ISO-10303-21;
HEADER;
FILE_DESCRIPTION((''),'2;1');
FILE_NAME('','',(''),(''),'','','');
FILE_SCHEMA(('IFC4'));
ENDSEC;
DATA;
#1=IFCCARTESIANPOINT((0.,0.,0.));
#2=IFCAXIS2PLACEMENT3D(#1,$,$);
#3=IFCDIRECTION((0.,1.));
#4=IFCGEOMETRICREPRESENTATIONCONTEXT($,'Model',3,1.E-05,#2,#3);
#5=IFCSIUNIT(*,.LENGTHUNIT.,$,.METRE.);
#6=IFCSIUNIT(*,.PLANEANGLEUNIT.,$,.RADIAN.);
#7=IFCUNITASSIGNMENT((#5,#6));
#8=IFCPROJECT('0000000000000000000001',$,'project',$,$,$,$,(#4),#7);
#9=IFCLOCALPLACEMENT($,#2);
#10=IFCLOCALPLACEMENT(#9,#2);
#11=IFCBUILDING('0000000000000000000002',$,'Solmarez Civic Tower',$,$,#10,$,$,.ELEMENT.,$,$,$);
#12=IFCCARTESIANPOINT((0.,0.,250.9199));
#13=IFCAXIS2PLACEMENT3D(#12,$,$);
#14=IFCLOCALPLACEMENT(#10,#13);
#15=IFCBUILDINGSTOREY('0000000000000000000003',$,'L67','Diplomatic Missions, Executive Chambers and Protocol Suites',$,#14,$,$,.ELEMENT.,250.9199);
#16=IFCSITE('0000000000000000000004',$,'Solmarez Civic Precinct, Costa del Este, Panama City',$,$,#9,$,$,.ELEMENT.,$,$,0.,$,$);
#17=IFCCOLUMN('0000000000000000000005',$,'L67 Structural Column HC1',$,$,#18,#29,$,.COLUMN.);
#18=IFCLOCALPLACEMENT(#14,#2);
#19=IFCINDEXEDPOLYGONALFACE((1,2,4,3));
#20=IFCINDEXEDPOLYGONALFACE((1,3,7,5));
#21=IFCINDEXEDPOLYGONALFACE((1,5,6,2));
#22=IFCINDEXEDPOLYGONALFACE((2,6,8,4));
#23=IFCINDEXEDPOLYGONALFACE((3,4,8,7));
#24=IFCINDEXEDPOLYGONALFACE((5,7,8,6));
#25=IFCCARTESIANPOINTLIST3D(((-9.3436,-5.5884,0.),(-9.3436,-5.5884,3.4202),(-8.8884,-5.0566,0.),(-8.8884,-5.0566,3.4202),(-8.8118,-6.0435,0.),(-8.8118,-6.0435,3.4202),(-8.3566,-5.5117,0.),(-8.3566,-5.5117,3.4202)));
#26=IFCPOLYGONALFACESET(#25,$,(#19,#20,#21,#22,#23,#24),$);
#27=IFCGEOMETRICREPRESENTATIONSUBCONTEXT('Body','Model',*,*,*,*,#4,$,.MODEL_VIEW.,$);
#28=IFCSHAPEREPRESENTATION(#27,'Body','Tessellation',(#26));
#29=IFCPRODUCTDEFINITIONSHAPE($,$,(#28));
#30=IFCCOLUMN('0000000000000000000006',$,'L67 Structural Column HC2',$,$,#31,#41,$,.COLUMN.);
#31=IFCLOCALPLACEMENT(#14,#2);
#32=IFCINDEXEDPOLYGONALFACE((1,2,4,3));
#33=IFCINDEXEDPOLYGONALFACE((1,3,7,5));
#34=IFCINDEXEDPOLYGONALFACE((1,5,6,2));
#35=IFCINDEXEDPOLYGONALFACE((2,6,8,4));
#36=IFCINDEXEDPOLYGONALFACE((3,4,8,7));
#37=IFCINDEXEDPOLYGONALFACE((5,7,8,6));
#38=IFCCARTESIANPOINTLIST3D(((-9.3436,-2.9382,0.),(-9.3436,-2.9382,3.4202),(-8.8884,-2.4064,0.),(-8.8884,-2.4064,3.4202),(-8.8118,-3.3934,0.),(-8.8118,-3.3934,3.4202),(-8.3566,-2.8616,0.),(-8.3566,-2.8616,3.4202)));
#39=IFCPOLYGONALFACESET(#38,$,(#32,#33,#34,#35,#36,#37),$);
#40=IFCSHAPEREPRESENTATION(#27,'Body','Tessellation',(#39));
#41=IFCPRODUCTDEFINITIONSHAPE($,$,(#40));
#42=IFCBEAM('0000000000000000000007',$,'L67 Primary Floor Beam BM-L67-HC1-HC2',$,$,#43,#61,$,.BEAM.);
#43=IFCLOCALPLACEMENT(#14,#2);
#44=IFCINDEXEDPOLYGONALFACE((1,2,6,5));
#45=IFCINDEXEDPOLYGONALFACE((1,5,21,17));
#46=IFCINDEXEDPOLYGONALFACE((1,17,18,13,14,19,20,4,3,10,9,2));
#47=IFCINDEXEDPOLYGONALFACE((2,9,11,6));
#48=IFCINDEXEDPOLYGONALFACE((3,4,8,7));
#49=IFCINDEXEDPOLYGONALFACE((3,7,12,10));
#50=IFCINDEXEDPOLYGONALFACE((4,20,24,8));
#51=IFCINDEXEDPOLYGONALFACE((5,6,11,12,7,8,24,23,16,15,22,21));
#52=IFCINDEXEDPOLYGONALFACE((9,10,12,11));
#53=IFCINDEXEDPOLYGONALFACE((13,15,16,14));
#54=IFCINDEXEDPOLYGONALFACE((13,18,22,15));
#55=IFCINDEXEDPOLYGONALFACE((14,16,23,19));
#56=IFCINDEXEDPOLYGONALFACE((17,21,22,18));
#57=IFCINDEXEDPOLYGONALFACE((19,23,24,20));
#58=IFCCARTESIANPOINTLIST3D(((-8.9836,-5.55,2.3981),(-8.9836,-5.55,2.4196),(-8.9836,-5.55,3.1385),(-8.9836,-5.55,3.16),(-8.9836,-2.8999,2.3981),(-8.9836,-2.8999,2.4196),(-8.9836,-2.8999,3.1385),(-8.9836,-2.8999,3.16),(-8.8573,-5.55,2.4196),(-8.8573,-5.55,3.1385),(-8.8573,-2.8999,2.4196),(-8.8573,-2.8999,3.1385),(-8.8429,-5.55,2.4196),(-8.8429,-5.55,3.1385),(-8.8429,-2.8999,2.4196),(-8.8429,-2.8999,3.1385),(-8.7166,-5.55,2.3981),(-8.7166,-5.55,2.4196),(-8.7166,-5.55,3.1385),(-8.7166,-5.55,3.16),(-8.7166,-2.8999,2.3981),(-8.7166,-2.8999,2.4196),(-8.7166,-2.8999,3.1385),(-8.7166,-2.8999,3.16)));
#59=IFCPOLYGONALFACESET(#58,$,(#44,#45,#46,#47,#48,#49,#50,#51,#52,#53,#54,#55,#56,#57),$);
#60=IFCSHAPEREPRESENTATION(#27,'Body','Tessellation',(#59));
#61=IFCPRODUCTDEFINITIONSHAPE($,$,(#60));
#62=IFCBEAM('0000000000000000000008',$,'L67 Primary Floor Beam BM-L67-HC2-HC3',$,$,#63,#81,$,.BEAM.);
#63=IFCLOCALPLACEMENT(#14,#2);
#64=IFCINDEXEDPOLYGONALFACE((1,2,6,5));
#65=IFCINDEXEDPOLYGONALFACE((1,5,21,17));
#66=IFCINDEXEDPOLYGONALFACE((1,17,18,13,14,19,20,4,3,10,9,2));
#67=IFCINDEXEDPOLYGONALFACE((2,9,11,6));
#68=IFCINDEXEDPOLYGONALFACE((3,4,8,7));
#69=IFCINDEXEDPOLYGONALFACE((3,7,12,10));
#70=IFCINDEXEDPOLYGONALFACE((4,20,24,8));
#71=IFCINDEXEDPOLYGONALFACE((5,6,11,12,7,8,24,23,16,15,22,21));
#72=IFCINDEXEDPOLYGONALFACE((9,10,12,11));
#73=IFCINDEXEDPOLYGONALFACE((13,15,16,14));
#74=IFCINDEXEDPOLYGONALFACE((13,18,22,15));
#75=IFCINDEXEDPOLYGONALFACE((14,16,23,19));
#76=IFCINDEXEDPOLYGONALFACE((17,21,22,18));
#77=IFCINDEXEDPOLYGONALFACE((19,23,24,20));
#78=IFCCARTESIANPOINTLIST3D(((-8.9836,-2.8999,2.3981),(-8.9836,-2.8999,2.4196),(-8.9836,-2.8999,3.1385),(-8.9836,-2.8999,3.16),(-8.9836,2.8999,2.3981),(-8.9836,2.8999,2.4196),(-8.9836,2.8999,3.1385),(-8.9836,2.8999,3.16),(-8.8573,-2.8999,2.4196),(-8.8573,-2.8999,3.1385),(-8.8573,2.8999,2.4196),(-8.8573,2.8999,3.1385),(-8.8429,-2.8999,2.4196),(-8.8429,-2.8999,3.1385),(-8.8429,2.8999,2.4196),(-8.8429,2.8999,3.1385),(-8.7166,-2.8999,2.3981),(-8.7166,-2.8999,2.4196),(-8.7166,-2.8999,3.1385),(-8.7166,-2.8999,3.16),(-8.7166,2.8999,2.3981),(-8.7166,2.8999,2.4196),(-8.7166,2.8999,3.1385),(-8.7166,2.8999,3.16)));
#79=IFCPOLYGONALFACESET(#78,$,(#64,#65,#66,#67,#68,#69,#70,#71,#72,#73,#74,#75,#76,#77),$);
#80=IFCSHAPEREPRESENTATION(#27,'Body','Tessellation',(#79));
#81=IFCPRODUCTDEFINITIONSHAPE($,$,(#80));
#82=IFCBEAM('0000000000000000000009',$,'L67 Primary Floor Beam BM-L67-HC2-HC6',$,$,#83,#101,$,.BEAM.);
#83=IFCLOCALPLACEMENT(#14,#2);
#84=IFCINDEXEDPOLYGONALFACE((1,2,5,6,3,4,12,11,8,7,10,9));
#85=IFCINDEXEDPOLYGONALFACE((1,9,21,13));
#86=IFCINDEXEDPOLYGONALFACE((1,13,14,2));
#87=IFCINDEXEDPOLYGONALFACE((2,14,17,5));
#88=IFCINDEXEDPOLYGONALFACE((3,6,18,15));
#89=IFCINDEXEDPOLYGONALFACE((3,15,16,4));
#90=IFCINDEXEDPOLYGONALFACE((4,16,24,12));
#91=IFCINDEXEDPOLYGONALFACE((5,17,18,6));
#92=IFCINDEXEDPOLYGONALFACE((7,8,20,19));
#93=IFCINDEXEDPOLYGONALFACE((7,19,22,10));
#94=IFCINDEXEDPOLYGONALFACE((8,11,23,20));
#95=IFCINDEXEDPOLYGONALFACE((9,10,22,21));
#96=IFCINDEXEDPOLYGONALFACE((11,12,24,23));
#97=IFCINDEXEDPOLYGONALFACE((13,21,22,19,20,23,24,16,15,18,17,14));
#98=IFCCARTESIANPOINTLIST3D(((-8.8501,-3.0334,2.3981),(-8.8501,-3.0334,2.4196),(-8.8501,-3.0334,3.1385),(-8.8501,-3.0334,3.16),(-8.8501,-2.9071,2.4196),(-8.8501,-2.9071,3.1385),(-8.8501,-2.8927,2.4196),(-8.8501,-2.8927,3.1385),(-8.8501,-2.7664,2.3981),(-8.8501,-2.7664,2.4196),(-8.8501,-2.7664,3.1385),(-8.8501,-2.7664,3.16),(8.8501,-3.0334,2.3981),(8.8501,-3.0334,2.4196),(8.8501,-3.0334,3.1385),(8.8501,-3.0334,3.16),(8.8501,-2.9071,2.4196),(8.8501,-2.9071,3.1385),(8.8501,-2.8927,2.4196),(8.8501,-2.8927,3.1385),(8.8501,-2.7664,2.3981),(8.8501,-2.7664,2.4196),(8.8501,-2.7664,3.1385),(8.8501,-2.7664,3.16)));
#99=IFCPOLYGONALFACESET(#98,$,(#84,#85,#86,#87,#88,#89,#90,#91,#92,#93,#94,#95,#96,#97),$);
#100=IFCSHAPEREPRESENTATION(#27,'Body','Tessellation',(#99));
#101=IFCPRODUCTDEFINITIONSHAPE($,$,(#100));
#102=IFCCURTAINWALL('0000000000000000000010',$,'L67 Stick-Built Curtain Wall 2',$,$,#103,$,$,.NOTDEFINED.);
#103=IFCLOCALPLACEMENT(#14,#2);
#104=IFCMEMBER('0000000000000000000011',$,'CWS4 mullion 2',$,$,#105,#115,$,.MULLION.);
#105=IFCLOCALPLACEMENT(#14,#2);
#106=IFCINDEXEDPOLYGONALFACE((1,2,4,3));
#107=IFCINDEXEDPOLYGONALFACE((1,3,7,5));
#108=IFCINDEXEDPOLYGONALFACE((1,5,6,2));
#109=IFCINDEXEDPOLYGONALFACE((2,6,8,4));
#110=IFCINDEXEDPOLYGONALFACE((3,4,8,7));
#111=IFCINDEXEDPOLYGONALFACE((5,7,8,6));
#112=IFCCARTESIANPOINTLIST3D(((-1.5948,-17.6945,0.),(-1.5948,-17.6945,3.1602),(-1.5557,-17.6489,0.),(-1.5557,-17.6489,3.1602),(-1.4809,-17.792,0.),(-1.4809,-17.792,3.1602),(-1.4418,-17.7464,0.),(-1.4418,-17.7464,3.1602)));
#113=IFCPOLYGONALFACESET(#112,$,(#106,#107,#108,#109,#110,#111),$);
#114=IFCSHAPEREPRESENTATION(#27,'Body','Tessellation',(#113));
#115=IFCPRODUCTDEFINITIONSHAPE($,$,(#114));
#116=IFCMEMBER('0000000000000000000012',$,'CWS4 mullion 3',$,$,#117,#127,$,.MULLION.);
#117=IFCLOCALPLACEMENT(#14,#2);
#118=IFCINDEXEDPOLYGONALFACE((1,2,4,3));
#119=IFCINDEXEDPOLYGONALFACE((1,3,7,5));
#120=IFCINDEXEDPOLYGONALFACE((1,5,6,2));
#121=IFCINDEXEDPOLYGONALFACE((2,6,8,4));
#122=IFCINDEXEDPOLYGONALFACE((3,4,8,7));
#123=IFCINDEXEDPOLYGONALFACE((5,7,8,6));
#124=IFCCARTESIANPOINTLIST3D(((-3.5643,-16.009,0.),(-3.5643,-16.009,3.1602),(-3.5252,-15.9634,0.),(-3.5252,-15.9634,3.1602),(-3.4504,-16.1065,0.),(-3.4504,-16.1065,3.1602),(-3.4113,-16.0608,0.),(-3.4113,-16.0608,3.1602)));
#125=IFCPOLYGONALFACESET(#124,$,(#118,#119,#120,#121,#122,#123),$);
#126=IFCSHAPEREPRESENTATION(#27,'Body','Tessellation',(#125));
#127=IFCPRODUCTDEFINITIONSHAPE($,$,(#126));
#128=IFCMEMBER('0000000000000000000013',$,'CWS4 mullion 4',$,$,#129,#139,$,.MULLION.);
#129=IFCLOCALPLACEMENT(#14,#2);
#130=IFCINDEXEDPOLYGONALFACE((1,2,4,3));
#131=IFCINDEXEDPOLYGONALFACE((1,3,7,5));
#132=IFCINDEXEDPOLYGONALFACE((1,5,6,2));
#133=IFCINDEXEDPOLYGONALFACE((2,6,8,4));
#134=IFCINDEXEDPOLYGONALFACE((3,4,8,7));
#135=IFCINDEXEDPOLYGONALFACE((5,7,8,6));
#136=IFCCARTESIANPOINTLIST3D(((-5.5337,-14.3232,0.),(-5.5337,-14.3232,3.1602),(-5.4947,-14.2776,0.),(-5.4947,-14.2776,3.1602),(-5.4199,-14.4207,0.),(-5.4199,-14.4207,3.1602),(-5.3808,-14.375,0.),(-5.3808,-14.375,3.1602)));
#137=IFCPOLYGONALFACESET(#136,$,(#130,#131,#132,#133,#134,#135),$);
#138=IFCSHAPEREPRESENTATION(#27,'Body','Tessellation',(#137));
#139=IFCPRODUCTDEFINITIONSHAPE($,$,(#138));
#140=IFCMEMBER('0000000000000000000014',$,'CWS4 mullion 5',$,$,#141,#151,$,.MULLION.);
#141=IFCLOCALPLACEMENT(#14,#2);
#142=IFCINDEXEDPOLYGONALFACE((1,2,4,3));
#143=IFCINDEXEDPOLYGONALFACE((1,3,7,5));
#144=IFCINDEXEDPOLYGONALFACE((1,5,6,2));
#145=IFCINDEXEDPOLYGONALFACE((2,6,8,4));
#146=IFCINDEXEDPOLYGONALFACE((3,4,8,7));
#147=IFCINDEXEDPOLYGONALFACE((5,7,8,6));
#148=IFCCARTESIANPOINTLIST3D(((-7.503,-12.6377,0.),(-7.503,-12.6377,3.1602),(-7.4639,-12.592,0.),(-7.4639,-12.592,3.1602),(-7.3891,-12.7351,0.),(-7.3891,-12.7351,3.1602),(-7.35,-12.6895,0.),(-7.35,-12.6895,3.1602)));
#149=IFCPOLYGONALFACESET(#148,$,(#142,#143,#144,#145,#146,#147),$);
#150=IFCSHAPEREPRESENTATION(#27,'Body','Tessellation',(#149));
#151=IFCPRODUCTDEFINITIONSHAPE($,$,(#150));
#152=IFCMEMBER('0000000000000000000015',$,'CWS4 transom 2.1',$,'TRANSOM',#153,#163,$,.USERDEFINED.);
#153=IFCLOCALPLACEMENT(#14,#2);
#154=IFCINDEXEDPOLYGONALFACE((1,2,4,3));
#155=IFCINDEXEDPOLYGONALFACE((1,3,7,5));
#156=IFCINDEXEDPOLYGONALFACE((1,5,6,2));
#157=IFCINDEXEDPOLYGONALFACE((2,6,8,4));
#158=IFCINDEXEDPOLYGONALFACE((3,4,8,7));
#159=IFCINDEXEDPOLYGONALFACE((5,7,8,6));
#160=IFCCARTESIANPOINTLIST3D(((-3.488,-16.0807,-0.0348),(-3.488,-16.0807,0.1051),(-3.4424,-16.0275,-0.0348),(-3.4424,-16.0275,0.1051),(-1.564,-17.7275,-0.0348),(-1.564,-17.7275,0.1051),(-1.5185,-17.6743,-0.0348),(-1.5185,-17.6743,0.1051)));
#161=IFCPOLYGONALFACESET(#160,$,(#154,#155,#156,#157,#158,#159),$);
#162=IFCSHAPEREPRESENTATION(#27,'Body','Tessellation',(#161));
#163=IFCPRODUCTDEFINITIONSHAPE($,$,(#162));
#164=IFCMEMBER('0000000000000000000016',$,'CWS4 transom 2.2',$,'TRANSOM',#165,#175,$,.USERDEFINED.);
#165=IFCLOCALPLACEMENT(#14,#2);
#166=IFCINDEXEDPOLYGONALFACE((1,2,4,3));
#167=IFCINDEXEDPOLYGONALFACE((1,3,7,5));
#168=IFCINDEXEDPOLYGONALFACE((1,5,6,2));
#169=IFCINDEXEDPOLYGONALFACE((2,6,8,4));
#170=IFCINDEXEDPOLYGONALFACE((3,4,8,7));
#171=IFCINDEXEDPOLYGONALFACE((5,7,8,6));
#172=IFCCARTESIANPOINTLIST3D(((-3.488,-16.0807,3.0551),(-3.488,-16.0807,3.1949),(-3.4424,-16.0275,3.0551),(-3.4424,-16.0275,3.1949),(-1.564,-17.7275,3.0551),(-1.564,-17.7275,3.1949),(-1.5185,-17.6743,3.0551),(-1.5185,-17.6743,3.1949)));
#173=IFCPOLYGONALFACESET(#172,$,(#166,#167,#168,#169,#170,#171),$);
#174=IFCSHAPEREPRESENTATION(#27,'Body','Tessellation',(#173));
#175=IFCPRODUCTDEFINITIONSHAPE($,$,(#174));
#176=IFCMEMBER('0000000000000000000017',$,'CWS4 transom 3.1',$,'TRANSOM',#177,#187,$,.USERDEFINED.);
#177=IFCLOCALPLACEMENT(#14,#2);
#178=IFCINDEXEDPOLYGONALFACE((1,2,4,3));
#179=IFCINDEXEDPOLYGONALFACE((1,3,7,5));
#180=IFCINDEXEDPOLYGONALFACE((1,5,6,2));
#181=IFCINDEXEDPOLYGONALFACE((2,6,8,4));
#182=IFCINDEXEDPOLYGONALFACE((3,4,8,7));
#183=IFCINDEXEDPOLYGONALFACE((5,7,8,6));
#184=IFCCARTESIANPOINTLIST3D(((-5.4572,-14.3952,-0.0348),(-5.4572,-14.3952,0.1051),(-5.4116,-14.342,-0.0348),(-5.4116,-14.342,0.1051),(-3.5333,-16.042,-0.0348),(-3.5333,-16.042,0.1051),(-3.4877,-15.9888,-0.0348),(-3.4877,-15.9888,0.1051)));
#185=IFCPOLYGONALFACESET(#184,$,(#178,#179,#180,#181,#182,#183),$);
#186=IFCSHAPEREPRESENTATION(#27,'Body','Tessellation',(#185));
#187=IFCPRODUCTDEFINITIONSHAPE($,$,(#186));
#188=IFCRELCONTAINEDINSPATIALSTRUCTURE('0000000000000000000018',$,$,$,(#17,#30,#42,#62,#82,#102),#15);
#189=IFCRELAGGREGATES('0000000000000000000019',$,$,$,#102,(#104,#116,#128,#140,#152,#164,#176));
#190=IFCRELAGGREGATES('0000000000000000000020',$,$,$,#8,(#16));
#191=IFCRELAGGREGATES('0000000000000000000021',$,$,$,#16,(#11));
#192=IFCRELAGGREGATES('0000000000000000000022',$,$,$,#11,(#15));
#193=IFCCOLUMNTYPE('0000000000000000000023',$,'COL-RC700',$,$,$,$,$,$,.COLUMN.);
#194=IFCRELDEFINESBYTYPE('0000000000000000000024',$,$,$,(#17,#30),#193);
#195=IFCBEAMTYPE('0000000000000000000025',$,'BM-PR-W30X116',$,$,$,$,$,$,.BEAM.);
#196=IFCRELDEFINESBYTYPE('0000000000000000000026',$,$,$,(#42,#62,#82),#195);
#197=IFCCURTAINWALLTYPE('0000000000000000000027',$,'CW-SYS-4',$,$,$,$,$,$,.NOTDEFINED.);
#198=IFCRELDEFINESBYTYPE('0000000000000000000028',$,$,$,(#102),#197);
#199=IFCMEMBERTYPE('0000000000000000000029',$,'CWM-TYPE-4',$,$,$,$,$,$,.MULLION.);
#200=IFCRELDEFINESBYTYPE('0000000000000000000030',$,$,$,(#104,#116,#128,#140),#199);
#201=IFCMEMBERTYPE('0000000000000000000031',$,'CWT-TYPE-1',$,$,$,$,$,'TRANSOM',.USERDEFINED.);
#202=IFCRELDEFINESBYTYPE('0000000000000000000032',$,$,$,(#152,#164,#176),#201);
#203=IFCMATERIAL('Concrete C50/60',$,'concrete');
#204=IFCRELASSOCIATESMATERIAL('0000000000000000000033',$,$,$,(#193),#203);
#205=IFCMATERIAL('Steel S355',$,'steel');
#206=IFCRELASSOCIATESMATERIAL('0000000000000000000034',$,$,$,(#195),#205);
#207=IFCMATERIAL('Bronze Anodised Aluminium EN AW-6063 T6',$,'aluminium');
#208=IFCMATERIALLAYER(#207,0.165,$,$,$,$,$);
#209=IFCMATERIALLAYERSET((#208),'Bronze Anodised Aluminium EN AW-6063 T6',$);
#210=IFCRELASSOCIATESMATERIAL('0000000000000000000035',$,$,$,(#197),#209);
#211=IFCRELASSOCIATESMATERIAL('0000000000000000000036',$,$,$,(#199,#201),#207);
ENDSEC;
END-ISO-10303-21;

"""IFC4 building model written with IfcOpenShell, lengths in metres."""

from ifc_helpers import new_model, si_unit, direction, frame, origin, origin_2d, place, context, subcontext, project, spatial, rectangle, i_section, extrude, material, layer, layer_set, material_profile, profile_set, type_object, element, aggregate, save


model = new_model("IFC4")

# Units and contexts
model_context = context("Model", 3, precision=1e-05, world=origin(), true_north=direction((0.0, 1.0)))
body_context = subcontext(model_context, "Body", "Model", "MODEL_VIEW")
ifc_project = project(units=[si_unit("LENGTHUNIT", "METRE"), si_unit("PLANEANGLEUNIT", "RADIAN")], contexts=[model_context])

# Site, building, storey
site_placement = place(None, origin())
site = spatial("IfcSite", under=ifc_project, at=site_placement, Name="Solmarez Civic Precinct, Costa del Este, Panama City", CompositionType="ELEMENT", RefElevation=0.0)
building_placement = place(site_placement, origin())
building = spatial("IfcBuilding", under=site, at=building_placement, Name="Solmarez Civic Tower", CompositionType="ELEMENT")
storey_placement = place(building_placement, frame((0.0, 0.0, 250.9199)))
storey = spatial("IfcBuildingStorey", under=building, at=storey_placement, Name="L67", Description="Diplomatic Missions, Executive Chambers and Protocol Suites", CompositionType="ELEMENT", Elevation=250.9199)

# Columns
ifc_material_1 = material(Name="Concrete C50/60", Category="concrete")
ifc_material_profile_1 = material_profile(ifc_material_1, rectangle(XDim=0.7, YDim=0.7, at=origin_2d()), Name="RC700X700")
ifc_profile_set_1 = profile_set([ifc_material_profile_1], Name="Concrete C50/60")
column_type = type_object("IfcColumnType", Name="COL-RC700", PredefinedType="COLUMN", material=ifc_profile_set_1)
for number, where, z_axis, x_axis, name in (
    (1, (-8.8501, -5.55, 0.0), (0.0, 0.0, 1.0), (0.650244, 0.759725, 0.0), "L67 Structural Column HC1"),
    (2, (-8.8501, -2.8999, 0.0), (0.0, 0.0, 1.0), (0.650244, 0.759725, 0.0), "L67 Structural Column HC2"),
):
    element("IfcColumn", number, at=place(storey_placement, frame(where, z_axis=z_axis, x_axis=x_axis)), inside=storey, type_object=column_type, Name=name, PredefinedType="COLUMN", context=body_context, shape_type="SweptSolid", body=[
        extrude(rectangle(XDim=0.7, YDim=0.7, at=origin_2d()), origin(), (0.0, 0.0, 1.0), 3.4202),
    ])

# Beams
ifc_material_2 = material(Name="Steel S355", Category="steel")
ifc_material_profile_2 = material_profile(ifc_material_2, i_section(OverallWidth=0.2671, OverallDepth=0.762, WebThickness=0.0144, FlangeThickness=0.0215, at=origin_2d()), Name="W30X116")
ifc_profile_set_2 = profile_set([ifc_material_profile_2], Name="Steel S355")
beam_type = type_object("IfcBeamType", Name="BM-PR-W30X116", PredefinedType="BEAM", material=ifc_profile_set_2)
beam_1_placement = place(storey_placement, frame((-8.8501, -5.55, 2.7791), z_axis=(0.0, 1.0, 0.0), x_axis=(-1.0, 0.0, 0.0)))
element("IfcBeam", 3, at=beam_1_placement, inside=storey, type_object=beam_type, Name="L67 Primary Floor Beam BM-L67-HC1-HC2", PredefinedType="BEAM", context=body_context, shape_type="SweptSolid", body=[
    extrude(i_section(OverallWidth=0.2671, OverallDepth=0.762, WebThickness=0.0144, FlangeThickness=0.0215, at=origin_2d()), origin(), (0.0, 0.0, 1.0), 2.6501),
])
beam_2_placement = place(storey_placement, frame((-8.8501, -2.8999, 2.7791), z_axis=(0.0, 1.0, 0.0), x_axis=(-1.0, 0.0, 0.0)))
element("IfcBeam", 4, at=beam_2_placement, inside=storey, type_object=beam_type, Name="L67 Primary Floor Beam BM-L67-HC2-HC3", PredefinedType="BEAM", context=body_context, shape_type="SweptSolid", body=[
    extrude(i_section(OverallWidth=0.2671, OverallDepth=0.762, WebThickness=0.0144, FlangeThickness=0.0215, at=origin_2d()), origin(), (0.0, 0.0, 1.0), 5.7998),
])
beam_3_placement = place(storey_placement, frame((-8.8501, -2.8999, 2.7791), z_axis=(1.0, 0.0, 0.0), x_axis=(0.0, 1.0, 0.0)))
element("IfcBeam", 5, at=beam_3_placement, inside=storey, type_object=beam_type, Name="L67 Primary Floor Beam BM-L67-HC2-HC6", PredefinedType="BEAM", context=body_context, shape_type="SweptSolid", body=[
    extrude(i_section(OverallWidth=0.2671, OverallDepth=0.762, WebThickness=0.0144, FlangeThickness=0.0215, at=origin_2d()), origin(), (0.0, 0.0, 1.0), 17.7002),
])

# Curtain wall, members
ifc_material_3 = material(Name="Bronze Anodised Aluminium EN AW-6063 T6", Category="aluminium")
ifc_layer_1 = layer(ifc_material_3, 0.165)
ifc_layer_set_1 = layer_set([ifc_layer_1], Name="Bronze Anodised Aluminium EN AW-6063 T6")
curtain_wall_type = type_object("IfcCurtainWallType", Name="CW-SYS-4", PredefinedType="NOTDEFINED", material=ifc_layer_set_1)
curtain_wall_placement = place(storey_placement, origin())
curtain_wall = element("IfcCurtainWall", 6, at=curtain_wall_placement, inside=storey, type_object=curtain_wall_type, Name="L67 Stick-Built Curtain Wall 2", PredefinedType="NOTDEFINED")
ifc_material_profile_3 = material_profile(ifc_material_3, rectangle(XDim=0.0601, YDim=0.1499, at=origin_2d()), Name="CWM-60X150")
ifc_profile_set_3 = profile_set([ifc_material_profile_3], Name="Bronze Anodised Aluminium EN AW-6063 T6")
member_type_1 = type_object("IfcMemberType", Name="CWM-TYPE-4", PredefinedType="MULLION", material=ifc_profile_set_3)
member_1_placement = place(storey_placement, frame((-1.5183, -17.7205, 0.0), z_axis=(0.0, 0.0, 1.0), x_axis=(-0.650245, -0.759725, 0.0)))
member_1 = element("IfcMember", 7, at=member_1_placement, type_object=member_type_1, Name="CWS4 mullion 2", PredefinedType="MULLION", context=body_context, shape_type="SweptSolid", body=[
    extrude(rectangle(XDim=0.0601, YDim=0.1499, at=origin_2d()), origin(), (0.0, 0.0, 1.0), 3.1602),
])
member_2_placement = place(storey_placement, frame((-3.4878, -16.0349, 0.0), z_axis=(0.0, 0.0, 1.0), x_axis=(-0.650245, -0.759725, 0.0)))
member_2 = element("IfcMember", 8, at=member_2_placement, type_object=member_type_1, Name="CWS4 mullion 3", PredefinedType="MULLION", context=body_context, shape_type="SweptSolid", body=[
    extrude(rectangle(XDim=0.0601, YDim=0.1499, at=origin_2d()), origin(), (0.0, 0.0, 1.0), 3.1602),
])
member_3_placement = place(storey_placement, frame((-5.4573, -14.3491, 0.0), z_axis=(0.0, 0.0, 1.0), x_axis=(-0.650245, -0.759725, 0.0)))
member_3 = element("IfcMember", 9, at=member_3_placement, type_object=member_type_1, Name="CWS4 mullion 4", PredefinedType="MULLION", context=body_context, shape_type="SweptSolid", body=[
    extrude(rectangle(XDim=0.0601, YDim=0.1499, at=origin_2d()), origin(), (0.0, 0.0, 1.0), 3.1602),
])
member_4_placement = place(storey_placement, frame((-7.4265, -12.6636, 0.0), z_axis=(0.0, 0.0, 1.0), x_axis=(-0.650245, -0.759725, 0.0)))
member_4 = element("IfcMember", 10, at=member_4_placement, type_object=member_type_1, Name="CWS4 mullion 5", PredefinedType="MULLION", context=body_context, shape_type="SweptSolid", body=[
    extrude(rectangle(XDim=0.0601, YDim=0.1499, at=origin_2d()), origin(), (0.0, 0.0, 1.0), 3.1602),
])
ifc_material_profile_4 = material_profile(ifc_material_3, rectangle(XDim=0.0701, YDim=0.1399, at=origin_2d()), Name="CWT-70X140")
ifc_profile_set_4 = profile_set([ifc_material_profile_4], Name="Bronze Anodised Aluminium EN AW-6063 T6")
member_type_2 = type_object("IfcMemberType", Name="CWT-TYPE-1", ElementType="TRANSOM", PredefinedType="USERDEFINED", material=ifc_profile_set_4)
member_5_placement = place(storey_placement, frame((-1.5413, -17.7009, 0.0352), z_axis=(-0.759699, 0.650275, 0.0), x_axis=(-0.650275, -0.759699, 0.0)))
member_5 = element("IfcMember", 11, at=member_5_placement, type_object=member_type_2, Name="CWS4 transom 2.1", ObjectType="TRANSOM", PredefinedType="USERDEFINED", context=body_context, shape_type="SweptSolid", body=[
    extrude(rectangle(XDim=0.0701, YDim=0.1399, at=origin_2d()), origin(), (0.0, 0.0, 1.0), 2.5325),
])
member_6_placement = place(storey_placement, frame((-1.5413, -17.7009, 3.125), z_axis=(-0.759699, 0.650275, 0.0), x_axis=(-0.650275, -0.759699, 0.0)))
member_6 = element("IfcMember", 12, at=member_6_placement, type_object=member_type_2, Name="CWS4 transom 2.2", ObjectType="TRANSOM", PredefinedType="USERDEFINED", context=body_context, shape_type="SweptSolid", body=[
    extrude(rectangle(XDim=0.0701, YDim=0.1399, at=origin_2d()), origin(), (0.0, 0.0, 1.0), 2.5325),
])
member_7_placement = place(storey_placement, frame((-3.5105, -16.0154, 0.0352), z_axis=(-0.759699, 0.650275, 0.0), x_axis=(-0.650275, -0.759699, 0.0)))
member_7 = element("IfcMember", 13, at=member_7_placement, type_object=member_type_2, Name="CWS4 transom 3.1", ObjectType="TRANSOM", PredefinedType="USERDEFINED", context=body_context, shape_type="SweptSolid", body=[
    extrude(rectangle(XDim=0.0701, YDim=0.1399, at=origin_2d()), origin(), (0.0, 0.0, 1.0), 2.5325),
])
aggregate(curtain_wall, [member_1, member_2, member_3, member_4, member_5, member_6, member_7])

save(model, "model.ifc")
